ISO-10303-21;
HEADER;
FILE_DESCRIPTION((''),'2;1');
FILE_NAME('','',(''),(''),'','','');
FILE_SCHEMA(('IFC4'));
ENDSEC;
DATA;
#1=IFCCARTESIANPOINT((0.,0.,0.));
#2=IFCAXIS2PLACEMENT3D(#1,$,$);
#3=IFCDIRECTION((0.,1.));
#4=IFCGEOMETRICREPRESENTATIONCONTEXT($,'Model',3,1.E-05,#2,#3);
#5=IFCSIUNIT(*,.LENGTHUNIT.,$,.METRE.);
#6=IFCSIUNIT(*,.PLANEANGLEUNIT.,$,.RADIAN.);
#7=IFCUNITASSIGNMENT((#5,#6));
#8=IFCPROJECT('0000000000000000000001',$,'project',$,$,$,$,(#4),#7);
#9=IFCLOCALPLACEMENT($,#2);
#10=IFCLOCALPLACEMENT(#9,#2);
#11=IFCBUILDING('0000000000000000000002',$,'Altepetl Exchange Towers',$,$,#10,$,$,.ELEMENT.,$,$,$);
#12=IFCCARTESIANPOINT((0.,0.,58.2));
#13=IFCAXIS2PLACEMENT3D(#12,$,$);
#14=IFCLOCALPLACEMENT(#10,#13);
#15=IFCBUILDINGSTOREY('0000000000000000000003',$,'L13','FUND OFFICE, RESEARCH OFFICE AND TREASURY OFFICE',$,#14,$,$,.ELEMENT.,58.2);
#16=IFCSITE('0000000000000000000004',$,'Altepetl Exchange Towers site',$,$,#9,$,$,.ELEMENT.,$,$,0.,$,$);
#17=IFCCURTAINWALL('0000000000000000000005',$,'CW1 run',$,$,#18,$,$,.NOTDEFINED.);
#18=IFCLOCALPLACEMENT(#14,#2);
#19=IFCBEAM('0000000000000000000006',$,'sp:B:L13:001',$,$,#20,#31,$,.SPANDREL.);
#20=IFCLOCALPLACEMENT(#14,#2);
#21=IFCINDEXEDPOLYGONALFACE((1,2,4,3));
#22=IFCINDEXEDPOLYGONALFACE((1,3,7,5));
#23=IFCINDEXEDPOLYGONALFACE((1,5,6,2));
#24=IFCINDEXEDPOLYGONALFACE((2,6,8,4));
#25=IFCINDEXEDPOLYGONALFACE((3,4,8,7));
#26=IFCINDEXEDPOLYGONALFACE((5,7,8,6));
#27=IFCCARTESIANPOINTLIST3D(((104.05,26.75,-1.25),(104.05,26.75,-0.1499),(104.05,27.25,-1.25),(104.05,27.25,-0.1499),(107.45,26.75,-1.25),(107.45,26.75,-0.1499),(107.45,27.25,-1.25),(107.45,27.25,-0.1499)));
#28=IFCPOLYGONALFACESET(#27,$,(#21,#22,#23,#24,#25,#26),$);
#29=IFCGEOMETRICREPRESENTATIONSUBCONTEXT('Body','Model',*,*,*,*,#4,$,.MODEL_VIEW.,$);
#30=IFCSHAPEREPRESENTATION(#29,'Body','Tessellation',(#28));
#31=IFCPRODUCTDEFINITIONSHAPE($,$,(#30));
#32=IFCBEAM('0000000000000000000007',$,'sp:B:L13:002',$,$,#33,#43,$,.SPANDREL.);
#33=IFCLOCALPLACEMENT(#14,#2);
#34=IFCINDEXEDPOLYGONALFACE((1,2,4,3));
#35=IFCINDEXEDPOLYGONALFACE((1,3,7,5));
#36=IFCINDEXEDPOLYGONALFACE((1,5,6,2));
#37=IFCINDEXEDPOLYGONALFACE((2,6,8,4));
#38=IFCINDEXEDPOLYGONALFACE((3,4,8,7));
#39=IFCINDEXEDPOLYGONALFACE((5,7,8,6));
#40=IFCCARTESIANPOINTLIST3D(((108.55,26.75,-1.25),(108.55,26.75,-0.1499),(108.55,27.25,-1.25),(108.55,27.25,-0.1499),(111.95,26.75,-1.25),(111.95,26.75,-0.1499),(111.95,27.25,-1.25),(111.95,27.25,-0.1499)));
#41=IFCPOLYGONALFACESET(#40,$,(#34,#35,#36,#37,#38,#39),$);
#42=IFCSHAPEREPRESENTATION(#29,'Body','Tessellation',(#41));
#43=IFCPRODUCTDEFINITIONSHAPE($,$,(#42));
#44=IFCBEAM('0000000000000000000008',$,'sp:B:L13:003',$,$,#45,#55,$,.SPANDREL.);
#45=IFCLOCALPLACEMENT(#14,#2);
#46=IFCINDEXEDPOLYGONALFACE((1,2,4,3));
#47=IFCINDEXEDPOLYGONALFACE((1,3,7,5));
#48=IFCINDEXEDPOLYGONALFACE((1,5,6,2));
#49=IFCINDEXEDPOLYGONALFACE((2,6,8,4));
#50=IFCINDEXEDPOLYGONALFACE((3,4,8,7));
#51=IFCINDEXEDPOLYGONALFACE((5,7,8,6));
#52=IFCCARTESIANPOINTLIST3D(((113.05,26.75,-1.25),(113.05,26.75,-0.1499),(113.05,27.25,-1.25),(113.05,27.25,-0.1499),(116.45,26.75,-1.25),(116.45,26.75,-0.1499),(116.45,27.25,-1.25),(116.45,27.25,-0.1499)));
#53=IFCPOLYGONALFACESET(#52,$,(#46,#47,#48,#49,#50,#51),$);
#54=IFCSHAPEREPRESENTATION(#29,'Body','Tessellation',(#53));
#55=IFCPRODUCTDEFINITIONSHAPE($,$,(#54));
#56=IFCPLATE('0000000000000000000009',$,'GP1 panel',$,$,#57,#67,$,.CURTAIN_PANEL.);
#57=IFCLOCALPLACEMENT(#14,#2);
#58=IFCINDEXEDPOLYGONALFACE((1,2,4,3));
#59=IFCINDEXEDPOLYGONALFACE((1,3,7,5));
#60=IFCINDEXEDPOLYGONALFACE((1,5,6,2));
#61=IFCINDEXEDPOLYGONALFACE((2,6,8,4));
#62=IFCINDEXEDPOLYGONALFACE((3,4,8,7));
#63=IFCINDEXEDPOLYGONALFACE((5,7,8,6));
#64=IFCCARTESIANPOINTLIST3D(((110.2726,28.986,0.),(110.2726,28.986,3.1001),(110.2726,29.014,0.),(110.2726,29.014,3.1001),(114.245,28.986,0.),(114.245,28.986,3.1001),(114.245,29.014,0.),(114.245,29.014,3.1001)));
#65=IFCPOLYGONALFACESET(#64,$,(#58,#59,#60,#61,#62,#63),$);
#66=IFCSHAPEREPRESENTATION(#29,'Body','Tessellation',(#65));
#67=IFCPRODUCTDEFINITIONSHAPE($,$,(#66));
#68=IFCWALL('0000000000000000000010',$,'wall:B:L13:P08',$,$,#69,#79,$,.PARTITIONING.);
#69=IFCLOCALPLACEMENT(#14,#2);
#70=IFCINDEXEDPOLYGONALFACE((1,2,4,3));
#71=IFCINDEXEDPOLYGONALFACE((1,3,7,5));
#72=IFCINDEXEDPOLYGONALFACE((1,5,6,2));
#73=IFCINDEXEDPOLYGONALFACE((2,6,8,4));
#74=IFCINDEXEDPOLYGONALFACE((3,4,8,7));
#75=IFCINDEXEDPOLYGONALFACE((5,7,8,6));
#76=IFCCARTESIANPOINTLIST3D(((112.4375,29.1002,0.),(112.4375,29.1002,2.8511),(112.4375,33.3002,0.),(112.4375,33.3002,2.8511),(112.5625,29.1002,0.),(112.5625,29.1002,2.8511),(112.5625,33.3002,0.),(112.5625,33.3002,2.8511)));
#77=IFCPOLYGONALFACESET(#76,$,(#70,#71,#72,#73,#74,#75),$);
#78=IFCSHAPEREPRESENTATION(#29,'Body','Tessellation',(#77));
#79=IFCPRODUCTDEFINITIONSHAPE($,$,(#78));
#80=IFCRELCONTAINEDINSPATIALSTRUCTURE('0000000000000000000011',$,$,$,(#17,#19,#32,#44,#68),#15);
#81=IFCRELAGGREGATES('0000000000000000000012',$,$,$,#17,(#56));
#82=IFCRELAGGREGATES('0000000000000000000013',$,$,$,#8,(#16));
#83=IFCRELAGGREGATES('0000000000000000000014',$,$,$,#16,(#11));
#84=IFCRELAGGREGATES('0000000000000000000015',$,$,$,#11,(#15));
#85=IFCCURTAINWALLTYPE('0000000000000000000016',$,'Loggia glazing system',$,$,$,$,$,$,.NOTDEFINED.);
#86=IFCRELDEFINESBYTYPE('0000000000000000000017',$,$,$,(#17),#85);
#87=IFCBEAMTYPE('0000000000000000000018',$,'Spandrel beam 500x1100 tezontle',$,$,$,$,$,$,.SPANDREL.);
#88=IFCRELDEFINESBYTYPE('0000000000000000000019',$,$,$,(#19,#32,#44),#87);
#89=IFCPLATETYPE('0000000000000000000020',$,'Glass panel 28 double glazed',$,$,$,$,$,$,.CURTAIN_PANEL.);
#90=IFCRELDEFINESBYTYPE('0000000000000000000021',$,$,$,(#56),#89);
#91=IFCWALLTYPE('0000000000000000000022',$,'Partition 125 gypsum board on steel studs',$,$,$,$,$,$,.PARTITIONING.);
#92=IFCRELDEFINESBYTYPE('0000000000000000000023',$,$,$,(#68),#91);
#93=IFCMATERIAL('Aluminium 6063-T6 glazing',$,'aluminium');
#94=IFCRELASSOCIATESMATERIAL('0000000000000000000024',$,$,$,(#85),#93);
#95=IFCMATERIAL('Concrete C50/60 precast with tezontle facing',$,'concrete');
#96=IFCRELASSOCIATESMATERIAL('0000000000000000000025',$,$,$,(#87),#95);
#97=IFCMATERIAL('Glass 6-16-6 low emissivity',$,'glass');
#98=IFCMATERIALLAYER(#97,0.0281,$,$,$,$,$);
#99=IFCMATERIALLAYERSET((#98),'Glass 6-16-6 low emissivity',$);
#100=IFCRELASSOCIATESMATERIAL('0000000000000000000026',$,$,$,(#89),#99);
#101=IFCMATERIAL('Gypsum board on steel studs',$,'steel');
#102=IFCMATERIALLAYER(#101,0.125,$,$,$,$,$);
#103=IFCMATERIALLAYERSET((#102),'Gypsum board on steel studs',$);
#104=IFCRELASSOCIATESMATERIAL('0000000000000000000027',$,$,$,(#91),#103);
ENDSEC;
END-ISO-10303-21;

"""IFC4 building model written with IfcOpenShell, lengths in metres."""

from ifc_helpers import new_model, si_unit, direction, frame, frame_2d, origin, origin_2d, place, context, subcontext, project, spatial, rectangle, extrude, material, layer, layer_set, material_profile, profile_set, type_object, element, aggregate, save


model = new_model("IFC4")

# Units and contexts
model_context = context("Model", 3, precision=1e-05, world=origin(), true_north=direction((0.0, 1.0)))
body_context = subcontext(model_context, "Body", "Model", "MODEL_VIEW")
ifc_project = project(units=[si_unit("LENGTHUNIT", "METRE"), si_unit("PLANEANGLEUNIT", "RADIAN")], contexts=[model_context])

# Site, building, storey
site_placement = place(None, origin())
site = spatial("IfcSite", under=ifc_project, at=site_placement, Name="Altepetl Exchange Towers site", CompositionType="ELEMENT", RefElevation=0.0)
building_placement = place(site_placement, origin())
building = spatial("IfcBuilding", under=site, at=building_placement, Name="Altepetl Exchange Towers", CompositionType="ELEMENT")
storey_placement = place(building_placement, frame((0.0, 0.0, 58.2)))
storey = spatial("IfcBuildingStorey", under=building, at=storey_placement, Name="L13", Description="FUND OFFICE, RESEARCH OFFICE AND TREASURY OFFICE", CompositionType="ELEMENT", Elevation=58.2)

# Shared definitions
ifc_material_1 = material(Name="Aluminium 6063-T6 glazing", Category="aluminium")
curtain_wall_type = type_object("IfcCurtainWallType", Name="Loggia glazing system", PredefinedType="NOTDEFINED", material=ifc_material_1)

# Curtain wall
curtain_wall_1_placement = place(storey_placement, origin())
curtain_wall_1 = element("IfcCurtainWall", 1, at=curtain_wall_1_placement, inside=storey, type_object=curtain_wall_type, Name="CW1 run", PredefinedType="NOTDEFINED")

# Beams
ifc_material_2 = material(Name="Concrete C50/60 precast with tezontle facing", Category="concrete")
ifc_material_profile_1 = material_profile(ifc_material_2, rectangle(XDim=0.5, YDim=1.1001, at=origin_2d()), Name="500 x 1100")
ifc_profile_set_1 = profile_set([ifc_material_profile_1], Name="Concrete C50/60 precast with tezontle facing")
beam_type_1 = type_object("IfcBeamType", Name="Spandrel beam 500x1100 tezontle", PredefinedType="SPANDREL", material=ifc_profile_set_1)
for number, where, z_axis, x_axis, name in (
    (2, (104.05, 27.0, -0.7), (1.0, 0.0, 0.0), (0.0, 1.0, 0.0), "sp:B:L13:001"),
    (3, (108.55, 27.0, -0.7), (1.0, 0.0, 0.0), (0.0, 1.0, 0.0), "sp:B:L13:002"),
    (4, (113.05, 27.0, -0.7), (1.0, 0.0, 0.0), (0.0, 1.0, 0.0), "sp:B:L13:003"),
):
    element("IfcBeam", number, at=place(storey_placement, frame(where, z_axis=z_axis, x_axis=x_axis)), inside=storey, type_object=beam_type_1, Name=name, PredefinedType="SPANDREL", context=body_context, shape_type="SweptSolid", body=[
        extrude(rectangle(XDim=0.5, YDim=1.1001, at=origin_2d()), origin(), (0.0, 0.0, 1.0), 3.3999),
    ])

# Plate
ifc_material_3 = material(Name="Glass 6-16-6 low emissivity", Category="glass")
ifc_layer_1 = layer(ifc_material_3, 0.0281)
ifc_layer_set_1 = layer_set([ifc_layer_1], Name="Glass 6-16-6 low emissivity")
plate_type = type_object("IfcPlateType", Name="Glass panel 28 double glazed", PredefinedType="CURTAIN_PANEL", material=ifc_layer_set_1)
plate_placement = place(storey_placement, frame((112.2588, 29.0, 0.0)))
plate = element("IfcPlate", 5, at=plate_placement, type_object=plate_type, Name="GP1 panel", PredefinedType="CURTAIN_PANEL", context=body_context, shape_type="SweptSolid", body=[
    extrude(rectangle(XDim=3.9724, YDim=0.0281, at=origin_2d()), origin(), (0.0, 0.0, 1.0), 3.1001),
])
aggregate(curtain_wall_1, [plate])

# Wall
ifc_material_4 = material(Name="Gypsum board on steel studs", Category="steel")
ifc_layer_2 = layer(ifc_material_4, 0.125)
ifc_layer_set_2 = layer_set([ifc_layer_2], Name="Gypsum board on steel studs")
wall_type_1 = type_object("IfcWallType", Name="Partition 125 gypsum board on steel studs", PredefinedType="PARTITIONING", material=ifc_layer_set_2)
wall_1_placement = place(storey_placement, frame((112.5, 29.1001, 0.0), z_axis=(0.0, 0.0, 1.0), x_axis=(0.0, 1.0, 0.0)))
element("IfcWall", 6, at=wall_1_placement, inside=storey, type_object=wall_type_1, Name="wall:B:L13:P08", PredefinedType="PARTITIONING", context=body_context, shape_type="SweptSolid", body=[
    extrude(rectangle(XDim=4.2, YDim=0.125, at=frame_2d((2.1001, 0.0))), origin(), (0.0, 0.0, 1.0), 2.8511),
])

save(model, "model.ifc")
